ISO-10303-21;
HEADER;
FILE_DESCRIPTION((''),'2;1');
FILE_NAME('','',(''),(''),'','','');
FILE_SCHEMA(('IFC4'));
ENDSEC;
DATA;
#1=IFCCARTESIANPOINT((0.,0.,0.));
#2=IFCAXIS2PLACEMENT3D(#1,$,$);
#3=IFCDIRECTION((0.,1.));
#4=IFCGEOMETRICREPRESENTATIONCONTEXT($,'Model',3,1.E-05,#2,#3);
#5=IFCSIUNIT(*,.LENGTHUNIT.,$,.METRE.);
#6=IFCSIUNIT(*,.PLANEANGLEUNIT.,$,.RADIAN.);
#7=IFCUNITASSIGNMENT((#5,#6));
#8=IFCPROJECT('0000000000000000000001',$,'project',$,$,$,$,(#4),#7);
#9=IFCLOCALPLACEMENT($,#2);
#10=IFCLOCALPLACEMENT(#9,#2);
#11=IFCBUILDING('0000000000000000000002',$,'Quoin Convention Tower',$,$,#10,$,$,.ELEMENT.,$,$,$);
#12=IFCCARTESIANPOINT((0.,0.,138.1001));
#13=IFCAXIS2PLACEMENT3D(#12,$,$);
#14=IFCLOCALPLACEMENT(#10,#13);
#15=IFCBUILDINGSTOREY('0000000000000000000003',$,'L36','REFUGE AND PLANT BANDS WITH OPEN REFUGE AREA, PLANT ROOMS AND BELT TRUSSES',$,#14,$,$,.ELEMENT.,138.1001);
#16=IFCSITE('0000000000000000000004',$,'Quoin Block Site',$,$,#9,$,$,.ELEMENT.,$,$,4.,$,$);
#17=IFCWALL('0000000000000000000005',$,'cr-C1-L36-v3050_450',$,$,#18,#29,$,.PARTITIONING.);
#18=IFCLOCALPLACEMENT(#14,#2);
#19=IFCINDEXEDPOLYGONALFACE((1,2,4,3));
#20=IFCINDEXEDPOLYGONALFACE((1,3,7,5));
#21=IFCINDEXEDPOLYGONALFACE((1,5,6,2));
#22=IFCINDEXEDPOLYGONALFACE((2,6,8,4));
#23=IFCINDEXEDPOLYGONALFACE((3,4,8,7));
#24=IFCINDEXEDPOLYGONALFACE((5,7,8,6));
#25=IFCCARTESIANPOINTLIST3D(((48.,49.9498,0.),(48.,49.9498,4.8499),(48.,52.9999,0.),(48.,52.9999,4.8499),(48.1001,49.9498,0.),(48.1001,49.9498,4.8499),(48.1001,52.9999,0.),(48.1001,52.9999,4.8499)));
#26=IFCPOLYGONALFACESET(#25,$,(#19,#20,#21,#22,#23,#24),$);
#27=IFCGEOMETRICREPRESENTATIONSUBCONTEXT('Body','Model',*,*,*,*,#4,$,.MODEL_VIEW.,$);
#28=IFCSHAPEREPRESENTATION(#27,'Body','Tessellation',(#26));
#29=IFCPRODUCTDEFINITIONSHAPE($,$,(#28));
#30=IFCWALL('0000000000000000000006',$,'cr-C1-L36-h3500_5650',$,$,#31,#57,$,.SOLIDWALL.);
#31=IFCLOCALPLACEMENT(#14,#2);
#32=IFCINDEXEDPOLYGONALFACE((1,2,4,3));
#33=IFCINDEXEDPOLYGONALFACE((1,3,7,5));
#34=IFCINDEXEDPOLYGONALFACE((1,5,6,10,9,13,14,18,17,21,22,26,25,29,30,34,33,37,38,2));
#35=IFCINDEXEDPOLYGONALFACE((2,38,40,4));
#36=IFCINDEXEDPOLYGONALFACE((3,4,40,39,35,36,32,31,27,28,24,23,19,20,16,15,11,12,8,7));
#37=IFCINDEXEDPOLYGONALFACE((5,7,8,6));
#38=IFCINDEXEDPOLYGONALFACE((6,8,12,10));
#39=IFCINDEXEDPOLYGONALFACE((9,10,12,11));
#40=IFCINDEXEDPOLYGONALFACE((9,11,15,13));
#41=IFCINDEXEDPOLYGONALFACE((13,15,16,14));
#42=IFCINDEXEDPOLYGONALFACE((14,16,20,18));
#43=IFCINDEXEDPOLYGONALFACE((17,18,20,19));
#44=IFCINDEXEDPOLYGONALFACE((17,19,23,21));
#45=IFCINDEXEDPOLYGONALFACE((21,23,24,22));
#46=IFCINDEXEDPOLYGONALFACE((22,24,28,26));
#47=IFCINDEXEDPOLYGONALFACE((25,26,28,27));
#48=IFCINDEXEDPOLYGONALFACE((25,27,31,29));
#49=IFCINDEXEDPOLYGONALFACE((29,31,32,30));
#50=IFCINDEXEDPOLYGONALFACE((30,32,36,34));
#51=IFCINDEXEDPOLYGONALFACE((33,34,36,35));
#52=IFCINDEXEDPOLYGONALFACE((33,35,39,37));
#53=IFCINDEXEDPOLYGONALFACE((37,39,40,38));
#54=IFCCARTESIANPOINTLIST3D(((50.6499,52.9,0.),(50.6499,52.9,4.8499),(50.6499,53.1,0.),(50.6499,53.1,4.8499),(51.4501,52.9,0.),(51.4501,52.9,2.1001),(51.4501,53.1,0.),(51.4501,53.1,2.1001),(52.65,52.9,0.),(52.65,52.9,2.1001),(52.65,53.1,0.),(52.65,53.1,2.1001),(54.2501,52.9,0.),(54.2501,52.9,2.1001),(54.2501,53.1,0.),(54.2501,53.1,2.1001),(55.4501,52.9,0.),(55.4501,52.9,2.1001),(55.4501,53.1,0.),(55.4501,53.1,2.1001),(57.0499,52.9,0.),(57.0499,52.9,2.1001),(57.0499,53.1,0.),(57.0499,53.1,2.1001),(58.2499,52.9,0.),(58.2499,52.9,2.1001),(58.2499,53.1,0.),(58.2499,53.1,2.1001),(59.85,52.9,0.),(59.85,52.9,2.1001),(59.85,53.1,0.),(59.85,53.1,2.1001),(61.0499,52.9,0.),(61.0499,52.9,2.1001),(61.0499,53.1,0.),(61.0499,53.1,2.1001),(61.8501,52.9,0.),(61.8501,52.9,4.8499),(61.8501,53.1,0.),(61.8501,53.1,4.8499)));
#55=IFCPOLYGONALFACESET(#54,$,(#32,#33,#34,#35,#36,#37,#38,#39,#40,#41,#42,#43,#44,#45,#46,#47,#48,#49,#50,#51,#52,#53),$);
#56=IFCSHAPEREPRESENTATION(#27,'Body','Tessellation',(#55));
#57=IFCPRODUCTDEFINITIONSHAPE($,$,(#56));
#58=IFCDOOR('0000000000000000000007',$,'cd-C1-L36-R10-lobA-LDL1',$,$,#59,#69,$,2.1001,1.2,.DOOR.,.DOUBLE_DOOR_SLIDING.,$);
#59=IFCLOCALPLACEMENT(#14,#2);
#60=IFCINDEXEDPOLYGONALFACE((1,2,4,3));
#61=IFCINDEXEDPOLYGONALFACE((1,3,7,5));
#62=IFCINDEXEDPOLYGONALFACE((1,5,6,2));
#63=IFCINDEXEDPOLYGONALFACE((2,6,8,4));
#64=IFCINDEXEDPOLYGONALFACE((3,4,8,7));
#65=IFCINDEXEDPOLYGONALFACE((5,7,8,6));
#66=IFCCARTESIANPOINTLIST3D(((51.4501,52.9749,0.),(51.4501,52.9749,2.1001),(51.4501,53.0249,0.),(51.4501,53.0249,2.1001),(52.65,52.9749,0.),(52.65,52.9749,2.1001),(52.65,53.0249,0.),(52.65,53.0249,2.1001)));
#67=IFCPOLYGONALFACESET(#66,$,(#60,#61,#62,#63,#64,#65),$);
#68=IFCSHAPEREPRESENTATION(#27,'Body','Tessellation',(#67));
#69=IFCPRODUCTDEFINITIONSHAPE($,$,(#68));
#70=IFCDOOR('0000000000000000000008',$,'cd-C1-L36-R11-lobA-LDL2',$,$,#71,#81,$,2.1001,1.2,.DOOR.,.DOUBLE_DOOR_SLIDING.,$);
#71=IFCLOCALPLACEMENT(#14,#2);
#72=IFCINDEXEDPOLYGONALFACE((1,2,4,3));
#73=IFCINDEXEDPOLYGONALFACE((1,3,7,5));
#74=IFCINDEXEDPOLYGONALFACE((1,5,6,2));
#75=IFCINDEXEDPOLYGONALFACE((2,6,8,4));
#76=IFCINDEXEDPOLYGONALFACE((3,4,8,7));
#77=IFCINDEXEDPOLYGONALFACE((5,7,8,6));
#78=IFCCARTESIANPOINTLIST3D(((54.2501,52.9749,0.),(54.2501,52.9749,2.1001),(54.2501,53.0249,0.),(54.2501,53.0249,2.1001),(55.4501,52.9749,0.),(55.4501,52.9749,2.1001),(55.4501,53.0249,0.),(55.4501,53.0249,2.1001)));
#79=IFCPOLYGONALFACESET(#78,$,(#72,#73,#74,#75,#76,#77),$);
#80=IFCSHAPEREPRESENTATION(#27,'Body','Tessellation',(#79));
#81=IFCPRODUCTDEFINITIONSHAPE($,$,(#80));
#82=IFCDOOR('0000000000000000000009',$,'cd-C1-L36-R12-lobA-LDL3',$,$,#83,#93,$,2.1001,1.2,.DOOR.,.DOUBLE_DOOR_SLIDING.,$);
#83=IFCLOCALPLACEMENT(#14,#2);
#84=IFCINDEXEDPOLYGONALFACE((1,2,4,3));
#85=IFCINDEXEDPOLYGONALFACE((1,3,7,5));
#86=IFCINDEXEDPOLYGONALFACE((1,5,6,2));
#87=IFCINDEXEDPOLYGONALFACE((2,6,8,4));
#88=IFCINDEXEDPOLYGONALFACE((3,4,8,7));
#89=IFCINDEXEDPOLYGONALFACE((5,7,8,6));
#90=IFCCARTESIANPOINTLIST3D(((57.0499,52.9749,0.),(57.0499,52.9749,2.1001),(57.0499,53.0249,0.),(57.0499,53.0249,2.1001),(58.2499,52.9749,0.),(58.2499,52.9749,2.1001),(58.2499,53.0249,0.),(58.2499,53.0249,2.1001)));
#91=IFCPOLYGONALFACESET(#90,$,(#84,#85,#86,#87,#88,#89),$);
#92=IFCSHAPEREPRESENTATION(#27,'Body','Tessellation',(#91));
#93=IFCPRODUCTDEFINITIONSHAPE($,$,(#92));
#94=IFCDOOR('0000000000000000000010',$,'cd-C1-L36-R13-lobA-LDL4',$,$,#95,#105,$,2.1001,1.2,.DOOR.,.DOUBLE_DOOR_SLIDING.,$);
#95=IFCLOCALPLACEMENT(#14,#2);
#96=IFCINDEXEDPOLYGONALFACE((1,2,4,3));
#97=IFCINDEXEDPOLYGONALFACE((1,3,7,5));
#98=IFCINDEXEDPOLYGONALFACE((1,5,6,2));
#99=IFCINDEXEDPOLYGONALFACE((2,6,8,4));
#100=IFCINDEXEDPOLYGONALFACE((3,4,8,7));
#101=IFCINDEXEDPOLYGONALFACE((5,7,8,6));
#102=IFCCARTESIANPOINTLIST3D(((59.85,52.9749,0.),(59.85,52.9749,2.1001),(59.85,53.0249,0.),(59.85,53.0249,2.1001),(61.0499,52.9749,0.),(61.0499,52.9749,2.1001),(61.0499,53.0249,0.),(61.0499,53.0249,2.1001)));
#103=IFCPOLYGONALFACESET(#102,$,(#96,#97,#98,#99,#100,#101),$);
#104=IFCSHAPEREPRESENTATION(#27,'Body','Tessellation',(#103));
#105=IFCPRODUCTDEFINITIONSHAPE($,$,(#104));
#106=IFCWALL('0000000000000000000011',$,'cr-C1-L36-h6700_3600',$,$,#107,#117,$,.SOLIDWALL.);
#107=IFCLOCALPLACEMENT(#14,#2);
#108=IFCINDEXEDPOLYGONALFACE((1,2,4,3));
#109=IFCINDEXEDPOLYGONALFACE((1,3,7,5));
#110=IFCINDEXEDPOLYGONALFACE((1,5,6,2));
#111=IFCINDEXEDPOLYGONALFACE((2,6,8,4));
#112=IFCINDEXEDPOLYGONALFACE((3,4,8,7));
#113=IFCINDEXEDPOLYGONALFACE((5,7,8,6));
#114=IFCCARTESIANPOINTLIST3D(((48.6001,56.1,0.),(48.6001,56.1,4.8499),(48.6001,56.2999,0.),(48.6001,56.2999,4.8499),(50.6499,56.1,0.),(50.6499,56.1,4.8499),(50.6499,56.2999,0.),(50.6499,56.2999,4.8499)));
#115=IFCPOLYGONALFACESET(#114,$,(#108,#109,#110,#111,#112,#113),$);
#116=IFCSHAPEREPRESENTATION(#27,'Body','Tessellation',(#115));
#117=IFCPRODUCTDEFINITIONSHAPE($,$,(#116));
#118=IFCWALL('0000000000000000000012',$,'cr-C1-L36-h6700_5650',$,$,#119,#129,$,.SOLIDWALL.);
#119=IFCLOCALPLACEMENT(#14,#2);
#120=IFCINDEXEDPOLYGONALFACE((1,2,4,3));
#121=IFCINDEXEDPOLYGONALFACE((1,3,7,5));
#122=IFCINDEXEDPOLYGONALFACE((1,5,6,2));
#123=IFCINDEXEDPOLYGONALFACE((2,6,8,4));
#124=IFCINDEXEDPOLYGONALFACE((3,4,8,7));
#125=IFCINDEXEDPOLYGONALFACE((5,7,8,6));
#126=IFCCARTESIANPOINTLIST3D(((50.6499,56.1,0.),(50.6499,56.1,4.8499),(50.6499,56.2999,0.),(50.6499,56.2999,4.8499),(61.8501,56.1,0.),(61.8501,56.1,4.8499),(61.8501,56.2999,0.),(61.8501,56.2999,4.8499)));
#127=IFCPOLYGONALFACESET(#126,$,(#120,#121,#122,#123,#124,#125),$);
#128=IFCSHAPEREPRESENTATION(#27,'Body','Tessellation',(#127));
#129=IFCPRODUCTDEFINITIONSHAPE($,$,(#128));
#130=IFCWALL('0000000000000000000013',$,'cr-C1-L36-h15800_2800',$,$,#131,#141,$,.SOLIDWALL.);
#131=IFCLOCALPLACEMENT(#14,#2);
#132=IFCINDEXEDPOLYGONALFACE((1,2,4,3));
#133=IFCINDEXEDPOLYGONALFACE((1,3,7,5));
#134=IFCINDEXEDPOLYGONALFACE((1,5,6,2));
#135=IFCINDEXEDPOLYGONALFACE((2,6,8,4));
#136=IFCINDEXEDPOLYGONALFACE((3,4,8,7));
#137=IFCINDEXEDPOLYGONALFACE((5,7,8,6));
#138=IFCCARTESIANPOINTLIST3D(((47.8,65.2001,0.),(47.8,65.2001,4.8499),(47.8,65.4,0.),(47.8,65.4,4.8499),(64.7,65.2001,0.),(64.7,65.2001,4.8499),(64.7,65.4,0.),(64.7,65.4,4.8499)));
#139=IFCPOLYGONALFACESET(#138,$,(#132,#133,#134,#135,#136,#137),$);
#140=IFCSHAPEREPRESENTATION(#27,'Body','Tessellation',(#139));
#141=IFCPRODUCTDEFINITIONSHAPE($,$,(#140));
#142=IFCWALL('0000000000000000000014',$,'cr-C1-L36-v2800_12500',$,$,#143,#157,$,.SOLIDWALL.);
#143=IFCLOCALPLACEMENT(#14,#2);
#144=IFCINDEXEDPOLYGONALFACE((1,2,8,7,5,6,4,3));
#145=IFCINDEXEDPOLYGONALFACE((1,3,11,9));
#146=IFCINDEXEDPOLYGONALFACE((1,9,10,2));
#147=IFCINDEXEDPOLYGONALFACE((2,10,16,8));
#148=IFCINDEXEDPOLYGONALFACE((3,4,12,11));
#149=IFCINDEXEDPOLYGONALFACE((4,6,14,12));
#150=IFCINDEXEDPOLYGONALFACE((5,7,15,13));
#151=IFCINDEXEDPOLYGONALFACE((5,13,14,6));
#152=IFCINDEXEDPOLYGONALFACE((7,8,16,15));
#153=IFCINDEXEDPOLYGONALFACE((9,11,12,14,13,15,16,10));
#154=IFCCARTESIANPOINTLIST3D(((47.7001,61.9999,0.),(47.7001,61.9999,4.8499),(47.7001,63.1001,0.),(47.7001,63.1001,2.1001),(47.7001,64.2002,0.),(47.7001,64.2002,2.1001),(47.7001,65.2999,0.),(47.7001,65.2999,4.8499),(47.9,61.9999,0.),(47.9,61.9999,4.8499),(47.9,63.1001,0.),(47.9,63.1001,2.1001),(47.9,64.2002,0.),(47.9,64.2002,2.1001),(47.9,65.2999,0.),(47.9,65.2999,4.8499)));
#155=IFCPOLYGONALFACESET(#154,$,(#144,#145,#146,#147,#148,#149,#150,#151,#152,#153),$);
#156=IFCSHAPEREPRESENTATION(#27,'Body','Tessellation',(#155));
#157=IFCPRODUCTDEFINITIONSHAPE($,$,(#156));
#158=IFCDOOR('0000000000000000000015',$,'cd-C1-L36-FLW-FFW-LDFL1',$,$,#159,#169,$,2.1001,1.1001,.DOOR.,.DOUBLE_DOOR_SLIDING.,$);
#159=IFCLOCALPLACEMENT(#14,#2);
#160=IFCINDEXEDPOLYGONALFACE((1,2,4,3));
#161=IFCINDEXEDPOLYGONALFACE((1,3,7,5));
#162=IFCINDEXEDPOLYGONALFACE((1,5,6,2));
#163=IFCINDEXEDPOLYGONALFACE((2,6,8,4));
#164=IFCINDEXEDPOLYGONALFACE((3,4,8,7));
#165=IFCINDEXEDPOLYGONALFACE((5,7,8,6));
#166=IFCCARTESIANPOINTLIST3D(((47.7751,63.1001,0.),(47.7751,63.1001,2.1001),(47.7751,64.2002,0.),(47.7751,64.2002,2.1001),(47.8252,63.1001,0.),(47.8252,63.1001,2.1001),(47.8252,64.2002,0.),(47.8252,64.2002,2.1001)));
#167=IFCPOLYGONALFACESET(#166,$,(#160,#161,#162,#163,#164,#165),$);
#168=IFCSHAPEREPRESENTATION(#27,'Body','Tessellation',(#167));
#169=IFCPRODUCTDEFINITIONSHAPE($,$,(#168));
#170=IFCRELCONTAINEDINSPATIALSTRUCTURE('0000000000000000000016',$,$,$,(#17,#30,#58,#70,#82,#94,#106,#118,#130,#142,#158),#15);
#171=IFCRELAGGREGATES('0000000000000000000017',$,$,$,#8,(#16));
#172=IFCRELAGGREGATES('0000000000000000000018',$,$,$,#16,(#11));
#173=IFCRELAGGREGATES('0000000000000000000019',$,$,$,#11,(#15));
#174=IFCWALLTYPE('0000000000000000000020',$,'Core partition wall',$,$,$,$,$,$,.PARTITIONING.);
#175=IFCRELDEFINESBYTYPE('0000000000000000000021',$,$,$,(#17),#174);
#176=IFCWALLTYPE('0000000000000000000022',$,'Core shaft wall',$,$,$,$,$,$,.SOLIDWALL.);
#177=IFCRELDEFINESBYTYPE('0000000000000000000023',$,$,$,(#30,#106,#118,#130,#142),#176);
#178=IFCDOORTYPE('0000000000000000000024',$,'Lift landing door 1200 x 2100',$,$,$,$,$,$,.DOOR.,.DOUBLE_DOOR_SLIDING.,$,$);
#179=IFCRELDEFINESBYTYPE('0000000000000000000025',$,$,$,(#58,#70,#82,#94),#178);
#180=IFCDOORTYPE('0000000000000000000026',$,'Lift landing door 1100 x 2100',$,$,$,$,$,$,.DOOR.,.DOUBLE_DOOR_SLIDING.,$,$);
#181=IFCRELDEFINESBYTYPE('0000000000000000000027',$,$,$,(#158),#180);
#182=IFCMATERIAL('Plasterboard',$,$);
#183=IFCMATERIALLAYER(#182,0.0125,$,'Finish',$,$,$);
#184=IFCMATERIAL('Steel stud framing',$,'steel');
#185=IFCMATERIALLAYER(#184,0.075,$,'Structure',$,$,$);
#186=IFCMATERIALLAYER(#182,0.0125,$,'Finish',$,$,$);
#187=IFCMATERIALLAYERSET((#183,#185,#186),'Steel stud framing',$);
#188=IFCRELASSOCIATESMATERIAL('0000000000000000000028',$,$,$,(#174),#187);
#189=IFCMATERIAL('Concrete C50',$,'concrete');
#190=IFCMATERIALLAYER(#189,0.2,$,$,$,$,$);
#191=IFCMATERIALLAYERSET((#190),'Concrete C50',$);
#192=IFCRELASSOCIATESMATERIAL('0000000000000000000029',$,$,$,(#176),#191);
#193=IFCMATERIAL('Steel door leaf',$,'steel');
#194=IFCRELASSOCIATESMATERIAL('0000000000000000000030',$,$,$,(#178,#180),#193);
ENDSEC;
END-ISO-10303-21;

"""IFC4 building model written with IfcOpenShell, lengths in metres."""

from ifc_helpers import new_model, si_unit, direction, frame, frame_2d, origin, place, context, subcontext, project, spatial, rectangle, extrude, material, layer, layer_set, type_object, element, fill, save


model = new_model("IFC4")

# Units and contexts
model_context = context("Model", 3, precision=1e-05, world=origin(), true_north=direction((0.0, 1.0)))
body_context = subcontext(model_context, "Body", "Model", "MODEL_VIEW")
ifc_project = project(units=[si_unit("LENGTHUNIT", "METRE"), si_unit("PLANEANGLEUNIT", "RADIAN")], contexts=[model_context])

# Site, building, storey
site_placement = place(None, origin())
site = spatial("IfcSite", under=ifc_project, at=site_placement, Name="Quoin Block Site", CompositionType="ELEMENT", RefElevation=4.0)
building_placement = place(site_placement, origin())
building = spatial("IfcBuilding", under=site, at=building_placement, Name="Quoin Convention Tower", CompositionType="ELEMENT")
storey_placement = place(building_placement, frame((0.0, 0.0, 138.1001)))
storey = spatial("IfcBuildingStorey", under=building, at=storey_placement, Name="L36", Description="REFUGE AND PLANT BANDS WITH OPEN REFUGE AREA, PLANT ROOMS AND BELT TRUSSES", CompositionType="ELEMENT", Elevation=138.1001)

# Wall
ifc_material_1 = material(Name="Plasterboard")
ifc_layer_1 = layer(ifc_material_1, 0.0125, Name="Finish")
ifc_material_2 = material(Name="Steel stud framing", Category="steel")
ifc_layer_2 = layer(ifc_material_2, 0.075, Name="Structure")
ifc_layer_3 = layer(ifc_material_1, 0.0125, Name="Finish")
ifc_layer_set_1 = layer_set([ifc_layer_1, ifc_layer_2, ifc_layer_3], Name="Steel stud framing")
wall_type_1 = type_object("IfcWallType", Name="Core partition wall", PredefinedType="PARTITIONING", material=ifc_layer_set_1)
wall_1_placement = place(storey_placement, frame((48.05, 49.95, 0.0), z_axis=(0.0, 0.0, 1.0), x_axis=(0.0, 1.0, 0.0)))
element("IfcWall", 1, at=wall_1_placement, inside=storey, type_object=wall_type_1, Name="cr-C1-L36-v3050_450", PredefinedType="PARTITIONING", context=body_context, shape_type="SweptSolid", body=[
    extrude(rectangle(XDim=3.05, YDim=0.1001, at=frame_2d((1.5249, 0.0))), origin(), (0.0, 0.0, 1.0), 4.8499),
])

# Wall, openings, doors
ifc_material_3 = material(Name="Concrete C50", Category="concrete")
ifc_layer_4 = layer(ifc_material_3, 0.2)
ifc_layer_set_2 = layer_set([ifc_layer_4], Name="Concrete C50")
wall_type_2 = type_object("IfcWallType", Name="Core shaft wall", PredefinedType="SOLIDWALL", material=ifc_layer_set_2)
wall_2_placement = place(storey_placement, frame((50.6499, 53.0, 0.0), z_axis=(0.0, 0.0, 1.0), x_axis=(1.0, 0.0, 0.0)))
wall_2 = element("IfcWall", 2, at=wall_2_placement, inside=storey, type_object=wall_type_2, Name="cr-C1-L36-h3500_5650", PredefinedType="SOLIDWALL", context=body_context, shape_type="SweptSolid", body=[
    extrude(rectangle(XDim=11.2002, YDim=0.2, at=frame_2d((5.6001, 0.0))), origin(), (0.0, 0.0, 1.0), 4.8499),
])
opening_1_placement = place(wall_2_placement, frame((0.8, 0.0, 0.0)))
opening_1 = element("IfcOpeningElement", 3, at=opening_1_placement, cuts=wall_2, PredefinedType="OPENING", context=body_context, shape_type="SweptSolid", body=[
    extrude(rectangle(XDim=1.2, YDim=2.1001, at=frame_2d((0.6001, 1.05))), frame((0.0, 0.1099, 0.0), z_axis=(0.0, -1.0, 0.0), x_axis=(1.0, 0.0, 0.0)), (0.0, 0.0, 1.0), 0.22),
])
opening_2_placement = place(wall_2_placement, frame((3.6001, 0.0, 0.0)))
opening_2 = element("IfcOpeningElement", 4, at=opening_2_placement, cuts=wall_2, PredefinedType="OPENING", context=body_context, shape_type="SweptSolid", body=[
    extrude(rectangle(XDim=1.2, YDim=2.1001, at=frame_2d((0.6001, 1.05))), frame((0.0, 0.1099, 0.0), z_axis=(0.0, -1.0, 0.0), x_axis=(1.0, 0.0, 0.0)), (0.0, 0.0, 1.0), 0.22),
])
opening_3_placement = place(wall_2_placement, frame((6.3999, 0.0, 0.0)))
opening_3 = element("IfcOpeningElement", 5, at=opening_3_placement, cuts=wall_2, PredefinedType="OPENING", context=body_context, shape_type="SweptSolid", body=[
    extrude(rectangle(XDim=1.2, YDim=2.1001, at=frame_2d((0.6001, 1.05))), frame((0.0, 0.1099, 0.0), z_axis=(0.0, -1.0, 0.0), x_axis=(1.0, 0.0, 0.0)), (0.0, 0.0, 1.0), 0.22),
])
opening_4_placement = place(wall_2_placement, frame((9.2, 0.0, 0.0)))
opening_4 = element("IfcOpeningElement", 6, at=opening_4_placement, cuts=wall_2, PredefinedType="OPENING", context=body_context, shape_type="SweptSolid", body=[
    extrude(rectangle(XDim=1.2, YDim=2.1001, at=frame_2d((0.6001, 1.05))), frame((0.0, 0.1099, 0.0), z_axis=(0.0, -1.0, 0.0), x_axis=(1.0, 0.0, 0.0)), (0.0, 0.0, 1.0), 0.22),
])
ifc_material_4 = material(Name="Steel door leaf", Category="steel")
door_type_1 = type_object("IfcDoorType", Name="Lift landing door 1200 x 2100", OperationType="DOUBLE_DOOR_SLIDING", PredefinedType="DOOR", material=ifc_material_4)
door_1_placement = place(opening_1_placement, origin())
door_1 = element("IfcDoor", 7, at=door_1_placement, inside=storey, type_object=door_type_1, Name="cd-C1-L36-R10-lobA-LDL1", OperationType="DOUBLE_DOOR_SLIDING", OverallHeight=2.1001, OverallWidth=1.2, PredefinedType="DOOR", context=body_context, shape_type="SweptSolid", body=[
    extrude(rectangle(XDim=1.2, YDim=2.1001, at=frame_2d((0.6001, 1.05))), frame((0.0, 0.0249, 0.0), z_axis=(0.0, -1.0, 0.0), x_axis=(1.0, 0.0, 0.0)), (0.0, 0.0, 1.0), 0.05),
])
fill(opening_1, door_1)
door_2_placement = place(opening_2_placement, origin())
door_2 = element("IfcDoor", 8, at=door_2_placement, inside=storey, type_object=door_type_1, Name="cd-C1-L36-R11-lobA-LDL2", OperationType="DOUBLE_DOOR_SLIDING", OverallHeight=2.1001, OverallWidth=1.2, PredefinedType="DOOR", context=body_context, shape_type="SweptSolid", body=[
    extrude(rectangle(XDim=1.2, YDim=2.1001, at=frame_2d((0.6001, 1.05))), frame((0.0, 0.0249, 0.0), z_axis=(0.0, -1.0, 0.0), x_axis=(1.0, 0.0, 0.0)), (0.0, 0.0, 1.0), 0.05),
])
fill(opening_2, door_2)
door_3_placement = place(opening_3_placement, origin())
door_3 = element("IfcDoor", 9, at=door_3_placement, inside=storey, type_object=door_type_1, Name="cd-C1-L36-R12-lobA-LDL3", OperationType="DOUBLE_DOOR_SLIDING", OverallHeight=2.1001, OverallWidth=1.2, PredefinedType="DOOR", context=body_context, shape_type="SweptSolid", body=[
    extrude(rectangle(XDim=1.2, YDim=2.1001, at=frame_2d((0.6001, 1.05))), frame((0.0, 0.0249, 0.0), z_axis=(0.0, -1.0, 0.0), x_axis=(1.0, 0.0, 0.0)), (0.0, 0.0, 1.0), 0.05),
])
fill(opening_3, door_3)
door_4_placement = place(opening_4_placement, origin())
door_4 = element("IfcDoor", 10, at=door_4_placement, inside=storey, type_object=door_type_1, Name="cd-C1-L36-R13-lobA-LDL4", OperationType="DOUBLE_DOOR_SLIDING", OverallHeight=2.1001, OverallWidth=1.2, PredefinedType="DOOR", context=body_context, shape_type="SweptSolid", body=[
    extrude(rectangle(XDim=1.2, YDim=2.1001, at=frame_2d((0.6001, 1.05))), frame((0.0, 0.0249, 0.0), z_axis=(0.0, -1.0, 0.0), x_axis=(1.0, 0.0, 0.0)), (0.0, 0.0, 1.0), 0.05),
])
fill(opening_4, door_4)

# Walls
wall_3_placement = place(storey_placement, frame((48.6001, 56.2, 0.0), z_axis=(0.0, 0.0, 1.0), x_axis=(1.0, 0.0, 0.0)))
element("IfcWall", 11, at=wall_3_placement, inside=storey, type_object=wall_type_2, Name="cr-C1-L36-h6700_3600", PredefinedType="SOLIDWALL", context=body_context, shape_type="SweptSolid", body=[
    extrude(rectangle(XDim=2.0498, YDim=0.2, at=frame_2d((1.0249, 0.0))), origin(), (0.0, 0.0, 1.0), 4.8499),
])
wall_4_placement = place(storey_placement, frame((50.6499, 56.2, 0.0), z_axis=(0.0, 0.0, 1.0), x_axis=(1.0, 0.0, 0.0)))
element("IfcWall", 12, at=wall_4_placement, inside=storey, type_object=wall_type_2, Name="cr-C1-L36-h6700_5650", PredefinedType="SOLIDWALL", context=body_context, shape_type="SweptSolid", body=[
    extrude(rectangle(XDim=11.2002, YDim=0.2, at=frame_2d((5.6001, 0.0))), origin(), (0.0, 0.0, 1.0), 4.8499),
])
wall_5_placement = place(storey_placement, frame((47.8, 65.3, 0.0), z_axis=(0.0, 0.0, 1.0), x_axis=(1.0, 0.0, 0.0)))
element("IfcWall", 13, at=wall_5_placement, inside=storey, type_object=wall_type_2, Name="cr-C1-L36-h15800_2800", PredefinedType="SOLIDWALL", context=body_context, shape_type="SweptSolid", body=[
    extrude(rectangle(XDim=16.8999, YDim=0.2, at=frame_2d((8.45, 0.0))), origin(), (0.0, 0.0, 1.0), 4.8499),
])

# Wall, opening, door
wall_6_placement = place(storey_placement, frame((47.8, 62.0, 0.0), z_axis=(0.0, 0.0, 1.0), x_axis=(0.0, 1.0, 0.0)))
wall_6 = element("IfcWall", 14, at=wall_6_placement, inside=storey, type_object=wall_type_2, Name="cr-C1-L36-v2800_12500", PredefinedType="SOLIDWALL", context=body_context, shape_type="SweptSolid", body=[
    extrude(rectangle(XDim=3.3, YDim=0.2, at=frame_2d((1.6499, 0.0))), origin(), (0.0, 0.0, 1.0), 4.8499),
])
opening_5_placement = place(wall_6_placement, frame((1.1001, 0.0, 0.0)))
opening_5 = element("IfcOpeningElement", 15, at=opening_5_placement, cuts=wall_6, PredefinedType="OPENING", context=body_context, shape_type="SweptSolid", body=[
    extrude(rectangle(XDim=1.1001, YDim=2.1001, at=frame_2d((0.55, 1.05))), frame((0.0, 0.1099, 0.0), z_axis=(0.0, -1.0, 0.0), x_axis=(1.0, 0.0, 0.0)), (0.0, 0.0, 1.0), 0.22),
])
door_type_2 = type_object("IfcDoorType", Name="Lift landing door 1100 x 2100", OperationType="DOUBLE_DOOR_SLIDING", PredefinedType="DOOR", material=ifc_material_4)
door_5_placement = place(opening_5_placement, origin())
door_5 = element("IfcDoor", 16, at=door_5_placement, inside=storey, type_object=door_type_2, Name="cd-C1-L36-FLW-FFW-LDFL1", OperationType="DOUBLE_DOOR_SLIDING", OverallHeight=2.1001, OverallWidth=1.1001, PredefinedType="DOOR", context=body_context, shape_type="SweptSolid", body=[
    extrude(rectangle(XDim=1.1001, YDim=2.1001, at=frame_2d((0.55, 1.05))), frame((0.0, 0.0249, 0.0), z_axis=(0.0, -1.0, 0.0), x_axis=(1.0, 0.0, 0.0)), (0.0, 0.0, 1.0), 0.05),
])
fill(opening_5, door_5)

save(model, "model.ifc")
